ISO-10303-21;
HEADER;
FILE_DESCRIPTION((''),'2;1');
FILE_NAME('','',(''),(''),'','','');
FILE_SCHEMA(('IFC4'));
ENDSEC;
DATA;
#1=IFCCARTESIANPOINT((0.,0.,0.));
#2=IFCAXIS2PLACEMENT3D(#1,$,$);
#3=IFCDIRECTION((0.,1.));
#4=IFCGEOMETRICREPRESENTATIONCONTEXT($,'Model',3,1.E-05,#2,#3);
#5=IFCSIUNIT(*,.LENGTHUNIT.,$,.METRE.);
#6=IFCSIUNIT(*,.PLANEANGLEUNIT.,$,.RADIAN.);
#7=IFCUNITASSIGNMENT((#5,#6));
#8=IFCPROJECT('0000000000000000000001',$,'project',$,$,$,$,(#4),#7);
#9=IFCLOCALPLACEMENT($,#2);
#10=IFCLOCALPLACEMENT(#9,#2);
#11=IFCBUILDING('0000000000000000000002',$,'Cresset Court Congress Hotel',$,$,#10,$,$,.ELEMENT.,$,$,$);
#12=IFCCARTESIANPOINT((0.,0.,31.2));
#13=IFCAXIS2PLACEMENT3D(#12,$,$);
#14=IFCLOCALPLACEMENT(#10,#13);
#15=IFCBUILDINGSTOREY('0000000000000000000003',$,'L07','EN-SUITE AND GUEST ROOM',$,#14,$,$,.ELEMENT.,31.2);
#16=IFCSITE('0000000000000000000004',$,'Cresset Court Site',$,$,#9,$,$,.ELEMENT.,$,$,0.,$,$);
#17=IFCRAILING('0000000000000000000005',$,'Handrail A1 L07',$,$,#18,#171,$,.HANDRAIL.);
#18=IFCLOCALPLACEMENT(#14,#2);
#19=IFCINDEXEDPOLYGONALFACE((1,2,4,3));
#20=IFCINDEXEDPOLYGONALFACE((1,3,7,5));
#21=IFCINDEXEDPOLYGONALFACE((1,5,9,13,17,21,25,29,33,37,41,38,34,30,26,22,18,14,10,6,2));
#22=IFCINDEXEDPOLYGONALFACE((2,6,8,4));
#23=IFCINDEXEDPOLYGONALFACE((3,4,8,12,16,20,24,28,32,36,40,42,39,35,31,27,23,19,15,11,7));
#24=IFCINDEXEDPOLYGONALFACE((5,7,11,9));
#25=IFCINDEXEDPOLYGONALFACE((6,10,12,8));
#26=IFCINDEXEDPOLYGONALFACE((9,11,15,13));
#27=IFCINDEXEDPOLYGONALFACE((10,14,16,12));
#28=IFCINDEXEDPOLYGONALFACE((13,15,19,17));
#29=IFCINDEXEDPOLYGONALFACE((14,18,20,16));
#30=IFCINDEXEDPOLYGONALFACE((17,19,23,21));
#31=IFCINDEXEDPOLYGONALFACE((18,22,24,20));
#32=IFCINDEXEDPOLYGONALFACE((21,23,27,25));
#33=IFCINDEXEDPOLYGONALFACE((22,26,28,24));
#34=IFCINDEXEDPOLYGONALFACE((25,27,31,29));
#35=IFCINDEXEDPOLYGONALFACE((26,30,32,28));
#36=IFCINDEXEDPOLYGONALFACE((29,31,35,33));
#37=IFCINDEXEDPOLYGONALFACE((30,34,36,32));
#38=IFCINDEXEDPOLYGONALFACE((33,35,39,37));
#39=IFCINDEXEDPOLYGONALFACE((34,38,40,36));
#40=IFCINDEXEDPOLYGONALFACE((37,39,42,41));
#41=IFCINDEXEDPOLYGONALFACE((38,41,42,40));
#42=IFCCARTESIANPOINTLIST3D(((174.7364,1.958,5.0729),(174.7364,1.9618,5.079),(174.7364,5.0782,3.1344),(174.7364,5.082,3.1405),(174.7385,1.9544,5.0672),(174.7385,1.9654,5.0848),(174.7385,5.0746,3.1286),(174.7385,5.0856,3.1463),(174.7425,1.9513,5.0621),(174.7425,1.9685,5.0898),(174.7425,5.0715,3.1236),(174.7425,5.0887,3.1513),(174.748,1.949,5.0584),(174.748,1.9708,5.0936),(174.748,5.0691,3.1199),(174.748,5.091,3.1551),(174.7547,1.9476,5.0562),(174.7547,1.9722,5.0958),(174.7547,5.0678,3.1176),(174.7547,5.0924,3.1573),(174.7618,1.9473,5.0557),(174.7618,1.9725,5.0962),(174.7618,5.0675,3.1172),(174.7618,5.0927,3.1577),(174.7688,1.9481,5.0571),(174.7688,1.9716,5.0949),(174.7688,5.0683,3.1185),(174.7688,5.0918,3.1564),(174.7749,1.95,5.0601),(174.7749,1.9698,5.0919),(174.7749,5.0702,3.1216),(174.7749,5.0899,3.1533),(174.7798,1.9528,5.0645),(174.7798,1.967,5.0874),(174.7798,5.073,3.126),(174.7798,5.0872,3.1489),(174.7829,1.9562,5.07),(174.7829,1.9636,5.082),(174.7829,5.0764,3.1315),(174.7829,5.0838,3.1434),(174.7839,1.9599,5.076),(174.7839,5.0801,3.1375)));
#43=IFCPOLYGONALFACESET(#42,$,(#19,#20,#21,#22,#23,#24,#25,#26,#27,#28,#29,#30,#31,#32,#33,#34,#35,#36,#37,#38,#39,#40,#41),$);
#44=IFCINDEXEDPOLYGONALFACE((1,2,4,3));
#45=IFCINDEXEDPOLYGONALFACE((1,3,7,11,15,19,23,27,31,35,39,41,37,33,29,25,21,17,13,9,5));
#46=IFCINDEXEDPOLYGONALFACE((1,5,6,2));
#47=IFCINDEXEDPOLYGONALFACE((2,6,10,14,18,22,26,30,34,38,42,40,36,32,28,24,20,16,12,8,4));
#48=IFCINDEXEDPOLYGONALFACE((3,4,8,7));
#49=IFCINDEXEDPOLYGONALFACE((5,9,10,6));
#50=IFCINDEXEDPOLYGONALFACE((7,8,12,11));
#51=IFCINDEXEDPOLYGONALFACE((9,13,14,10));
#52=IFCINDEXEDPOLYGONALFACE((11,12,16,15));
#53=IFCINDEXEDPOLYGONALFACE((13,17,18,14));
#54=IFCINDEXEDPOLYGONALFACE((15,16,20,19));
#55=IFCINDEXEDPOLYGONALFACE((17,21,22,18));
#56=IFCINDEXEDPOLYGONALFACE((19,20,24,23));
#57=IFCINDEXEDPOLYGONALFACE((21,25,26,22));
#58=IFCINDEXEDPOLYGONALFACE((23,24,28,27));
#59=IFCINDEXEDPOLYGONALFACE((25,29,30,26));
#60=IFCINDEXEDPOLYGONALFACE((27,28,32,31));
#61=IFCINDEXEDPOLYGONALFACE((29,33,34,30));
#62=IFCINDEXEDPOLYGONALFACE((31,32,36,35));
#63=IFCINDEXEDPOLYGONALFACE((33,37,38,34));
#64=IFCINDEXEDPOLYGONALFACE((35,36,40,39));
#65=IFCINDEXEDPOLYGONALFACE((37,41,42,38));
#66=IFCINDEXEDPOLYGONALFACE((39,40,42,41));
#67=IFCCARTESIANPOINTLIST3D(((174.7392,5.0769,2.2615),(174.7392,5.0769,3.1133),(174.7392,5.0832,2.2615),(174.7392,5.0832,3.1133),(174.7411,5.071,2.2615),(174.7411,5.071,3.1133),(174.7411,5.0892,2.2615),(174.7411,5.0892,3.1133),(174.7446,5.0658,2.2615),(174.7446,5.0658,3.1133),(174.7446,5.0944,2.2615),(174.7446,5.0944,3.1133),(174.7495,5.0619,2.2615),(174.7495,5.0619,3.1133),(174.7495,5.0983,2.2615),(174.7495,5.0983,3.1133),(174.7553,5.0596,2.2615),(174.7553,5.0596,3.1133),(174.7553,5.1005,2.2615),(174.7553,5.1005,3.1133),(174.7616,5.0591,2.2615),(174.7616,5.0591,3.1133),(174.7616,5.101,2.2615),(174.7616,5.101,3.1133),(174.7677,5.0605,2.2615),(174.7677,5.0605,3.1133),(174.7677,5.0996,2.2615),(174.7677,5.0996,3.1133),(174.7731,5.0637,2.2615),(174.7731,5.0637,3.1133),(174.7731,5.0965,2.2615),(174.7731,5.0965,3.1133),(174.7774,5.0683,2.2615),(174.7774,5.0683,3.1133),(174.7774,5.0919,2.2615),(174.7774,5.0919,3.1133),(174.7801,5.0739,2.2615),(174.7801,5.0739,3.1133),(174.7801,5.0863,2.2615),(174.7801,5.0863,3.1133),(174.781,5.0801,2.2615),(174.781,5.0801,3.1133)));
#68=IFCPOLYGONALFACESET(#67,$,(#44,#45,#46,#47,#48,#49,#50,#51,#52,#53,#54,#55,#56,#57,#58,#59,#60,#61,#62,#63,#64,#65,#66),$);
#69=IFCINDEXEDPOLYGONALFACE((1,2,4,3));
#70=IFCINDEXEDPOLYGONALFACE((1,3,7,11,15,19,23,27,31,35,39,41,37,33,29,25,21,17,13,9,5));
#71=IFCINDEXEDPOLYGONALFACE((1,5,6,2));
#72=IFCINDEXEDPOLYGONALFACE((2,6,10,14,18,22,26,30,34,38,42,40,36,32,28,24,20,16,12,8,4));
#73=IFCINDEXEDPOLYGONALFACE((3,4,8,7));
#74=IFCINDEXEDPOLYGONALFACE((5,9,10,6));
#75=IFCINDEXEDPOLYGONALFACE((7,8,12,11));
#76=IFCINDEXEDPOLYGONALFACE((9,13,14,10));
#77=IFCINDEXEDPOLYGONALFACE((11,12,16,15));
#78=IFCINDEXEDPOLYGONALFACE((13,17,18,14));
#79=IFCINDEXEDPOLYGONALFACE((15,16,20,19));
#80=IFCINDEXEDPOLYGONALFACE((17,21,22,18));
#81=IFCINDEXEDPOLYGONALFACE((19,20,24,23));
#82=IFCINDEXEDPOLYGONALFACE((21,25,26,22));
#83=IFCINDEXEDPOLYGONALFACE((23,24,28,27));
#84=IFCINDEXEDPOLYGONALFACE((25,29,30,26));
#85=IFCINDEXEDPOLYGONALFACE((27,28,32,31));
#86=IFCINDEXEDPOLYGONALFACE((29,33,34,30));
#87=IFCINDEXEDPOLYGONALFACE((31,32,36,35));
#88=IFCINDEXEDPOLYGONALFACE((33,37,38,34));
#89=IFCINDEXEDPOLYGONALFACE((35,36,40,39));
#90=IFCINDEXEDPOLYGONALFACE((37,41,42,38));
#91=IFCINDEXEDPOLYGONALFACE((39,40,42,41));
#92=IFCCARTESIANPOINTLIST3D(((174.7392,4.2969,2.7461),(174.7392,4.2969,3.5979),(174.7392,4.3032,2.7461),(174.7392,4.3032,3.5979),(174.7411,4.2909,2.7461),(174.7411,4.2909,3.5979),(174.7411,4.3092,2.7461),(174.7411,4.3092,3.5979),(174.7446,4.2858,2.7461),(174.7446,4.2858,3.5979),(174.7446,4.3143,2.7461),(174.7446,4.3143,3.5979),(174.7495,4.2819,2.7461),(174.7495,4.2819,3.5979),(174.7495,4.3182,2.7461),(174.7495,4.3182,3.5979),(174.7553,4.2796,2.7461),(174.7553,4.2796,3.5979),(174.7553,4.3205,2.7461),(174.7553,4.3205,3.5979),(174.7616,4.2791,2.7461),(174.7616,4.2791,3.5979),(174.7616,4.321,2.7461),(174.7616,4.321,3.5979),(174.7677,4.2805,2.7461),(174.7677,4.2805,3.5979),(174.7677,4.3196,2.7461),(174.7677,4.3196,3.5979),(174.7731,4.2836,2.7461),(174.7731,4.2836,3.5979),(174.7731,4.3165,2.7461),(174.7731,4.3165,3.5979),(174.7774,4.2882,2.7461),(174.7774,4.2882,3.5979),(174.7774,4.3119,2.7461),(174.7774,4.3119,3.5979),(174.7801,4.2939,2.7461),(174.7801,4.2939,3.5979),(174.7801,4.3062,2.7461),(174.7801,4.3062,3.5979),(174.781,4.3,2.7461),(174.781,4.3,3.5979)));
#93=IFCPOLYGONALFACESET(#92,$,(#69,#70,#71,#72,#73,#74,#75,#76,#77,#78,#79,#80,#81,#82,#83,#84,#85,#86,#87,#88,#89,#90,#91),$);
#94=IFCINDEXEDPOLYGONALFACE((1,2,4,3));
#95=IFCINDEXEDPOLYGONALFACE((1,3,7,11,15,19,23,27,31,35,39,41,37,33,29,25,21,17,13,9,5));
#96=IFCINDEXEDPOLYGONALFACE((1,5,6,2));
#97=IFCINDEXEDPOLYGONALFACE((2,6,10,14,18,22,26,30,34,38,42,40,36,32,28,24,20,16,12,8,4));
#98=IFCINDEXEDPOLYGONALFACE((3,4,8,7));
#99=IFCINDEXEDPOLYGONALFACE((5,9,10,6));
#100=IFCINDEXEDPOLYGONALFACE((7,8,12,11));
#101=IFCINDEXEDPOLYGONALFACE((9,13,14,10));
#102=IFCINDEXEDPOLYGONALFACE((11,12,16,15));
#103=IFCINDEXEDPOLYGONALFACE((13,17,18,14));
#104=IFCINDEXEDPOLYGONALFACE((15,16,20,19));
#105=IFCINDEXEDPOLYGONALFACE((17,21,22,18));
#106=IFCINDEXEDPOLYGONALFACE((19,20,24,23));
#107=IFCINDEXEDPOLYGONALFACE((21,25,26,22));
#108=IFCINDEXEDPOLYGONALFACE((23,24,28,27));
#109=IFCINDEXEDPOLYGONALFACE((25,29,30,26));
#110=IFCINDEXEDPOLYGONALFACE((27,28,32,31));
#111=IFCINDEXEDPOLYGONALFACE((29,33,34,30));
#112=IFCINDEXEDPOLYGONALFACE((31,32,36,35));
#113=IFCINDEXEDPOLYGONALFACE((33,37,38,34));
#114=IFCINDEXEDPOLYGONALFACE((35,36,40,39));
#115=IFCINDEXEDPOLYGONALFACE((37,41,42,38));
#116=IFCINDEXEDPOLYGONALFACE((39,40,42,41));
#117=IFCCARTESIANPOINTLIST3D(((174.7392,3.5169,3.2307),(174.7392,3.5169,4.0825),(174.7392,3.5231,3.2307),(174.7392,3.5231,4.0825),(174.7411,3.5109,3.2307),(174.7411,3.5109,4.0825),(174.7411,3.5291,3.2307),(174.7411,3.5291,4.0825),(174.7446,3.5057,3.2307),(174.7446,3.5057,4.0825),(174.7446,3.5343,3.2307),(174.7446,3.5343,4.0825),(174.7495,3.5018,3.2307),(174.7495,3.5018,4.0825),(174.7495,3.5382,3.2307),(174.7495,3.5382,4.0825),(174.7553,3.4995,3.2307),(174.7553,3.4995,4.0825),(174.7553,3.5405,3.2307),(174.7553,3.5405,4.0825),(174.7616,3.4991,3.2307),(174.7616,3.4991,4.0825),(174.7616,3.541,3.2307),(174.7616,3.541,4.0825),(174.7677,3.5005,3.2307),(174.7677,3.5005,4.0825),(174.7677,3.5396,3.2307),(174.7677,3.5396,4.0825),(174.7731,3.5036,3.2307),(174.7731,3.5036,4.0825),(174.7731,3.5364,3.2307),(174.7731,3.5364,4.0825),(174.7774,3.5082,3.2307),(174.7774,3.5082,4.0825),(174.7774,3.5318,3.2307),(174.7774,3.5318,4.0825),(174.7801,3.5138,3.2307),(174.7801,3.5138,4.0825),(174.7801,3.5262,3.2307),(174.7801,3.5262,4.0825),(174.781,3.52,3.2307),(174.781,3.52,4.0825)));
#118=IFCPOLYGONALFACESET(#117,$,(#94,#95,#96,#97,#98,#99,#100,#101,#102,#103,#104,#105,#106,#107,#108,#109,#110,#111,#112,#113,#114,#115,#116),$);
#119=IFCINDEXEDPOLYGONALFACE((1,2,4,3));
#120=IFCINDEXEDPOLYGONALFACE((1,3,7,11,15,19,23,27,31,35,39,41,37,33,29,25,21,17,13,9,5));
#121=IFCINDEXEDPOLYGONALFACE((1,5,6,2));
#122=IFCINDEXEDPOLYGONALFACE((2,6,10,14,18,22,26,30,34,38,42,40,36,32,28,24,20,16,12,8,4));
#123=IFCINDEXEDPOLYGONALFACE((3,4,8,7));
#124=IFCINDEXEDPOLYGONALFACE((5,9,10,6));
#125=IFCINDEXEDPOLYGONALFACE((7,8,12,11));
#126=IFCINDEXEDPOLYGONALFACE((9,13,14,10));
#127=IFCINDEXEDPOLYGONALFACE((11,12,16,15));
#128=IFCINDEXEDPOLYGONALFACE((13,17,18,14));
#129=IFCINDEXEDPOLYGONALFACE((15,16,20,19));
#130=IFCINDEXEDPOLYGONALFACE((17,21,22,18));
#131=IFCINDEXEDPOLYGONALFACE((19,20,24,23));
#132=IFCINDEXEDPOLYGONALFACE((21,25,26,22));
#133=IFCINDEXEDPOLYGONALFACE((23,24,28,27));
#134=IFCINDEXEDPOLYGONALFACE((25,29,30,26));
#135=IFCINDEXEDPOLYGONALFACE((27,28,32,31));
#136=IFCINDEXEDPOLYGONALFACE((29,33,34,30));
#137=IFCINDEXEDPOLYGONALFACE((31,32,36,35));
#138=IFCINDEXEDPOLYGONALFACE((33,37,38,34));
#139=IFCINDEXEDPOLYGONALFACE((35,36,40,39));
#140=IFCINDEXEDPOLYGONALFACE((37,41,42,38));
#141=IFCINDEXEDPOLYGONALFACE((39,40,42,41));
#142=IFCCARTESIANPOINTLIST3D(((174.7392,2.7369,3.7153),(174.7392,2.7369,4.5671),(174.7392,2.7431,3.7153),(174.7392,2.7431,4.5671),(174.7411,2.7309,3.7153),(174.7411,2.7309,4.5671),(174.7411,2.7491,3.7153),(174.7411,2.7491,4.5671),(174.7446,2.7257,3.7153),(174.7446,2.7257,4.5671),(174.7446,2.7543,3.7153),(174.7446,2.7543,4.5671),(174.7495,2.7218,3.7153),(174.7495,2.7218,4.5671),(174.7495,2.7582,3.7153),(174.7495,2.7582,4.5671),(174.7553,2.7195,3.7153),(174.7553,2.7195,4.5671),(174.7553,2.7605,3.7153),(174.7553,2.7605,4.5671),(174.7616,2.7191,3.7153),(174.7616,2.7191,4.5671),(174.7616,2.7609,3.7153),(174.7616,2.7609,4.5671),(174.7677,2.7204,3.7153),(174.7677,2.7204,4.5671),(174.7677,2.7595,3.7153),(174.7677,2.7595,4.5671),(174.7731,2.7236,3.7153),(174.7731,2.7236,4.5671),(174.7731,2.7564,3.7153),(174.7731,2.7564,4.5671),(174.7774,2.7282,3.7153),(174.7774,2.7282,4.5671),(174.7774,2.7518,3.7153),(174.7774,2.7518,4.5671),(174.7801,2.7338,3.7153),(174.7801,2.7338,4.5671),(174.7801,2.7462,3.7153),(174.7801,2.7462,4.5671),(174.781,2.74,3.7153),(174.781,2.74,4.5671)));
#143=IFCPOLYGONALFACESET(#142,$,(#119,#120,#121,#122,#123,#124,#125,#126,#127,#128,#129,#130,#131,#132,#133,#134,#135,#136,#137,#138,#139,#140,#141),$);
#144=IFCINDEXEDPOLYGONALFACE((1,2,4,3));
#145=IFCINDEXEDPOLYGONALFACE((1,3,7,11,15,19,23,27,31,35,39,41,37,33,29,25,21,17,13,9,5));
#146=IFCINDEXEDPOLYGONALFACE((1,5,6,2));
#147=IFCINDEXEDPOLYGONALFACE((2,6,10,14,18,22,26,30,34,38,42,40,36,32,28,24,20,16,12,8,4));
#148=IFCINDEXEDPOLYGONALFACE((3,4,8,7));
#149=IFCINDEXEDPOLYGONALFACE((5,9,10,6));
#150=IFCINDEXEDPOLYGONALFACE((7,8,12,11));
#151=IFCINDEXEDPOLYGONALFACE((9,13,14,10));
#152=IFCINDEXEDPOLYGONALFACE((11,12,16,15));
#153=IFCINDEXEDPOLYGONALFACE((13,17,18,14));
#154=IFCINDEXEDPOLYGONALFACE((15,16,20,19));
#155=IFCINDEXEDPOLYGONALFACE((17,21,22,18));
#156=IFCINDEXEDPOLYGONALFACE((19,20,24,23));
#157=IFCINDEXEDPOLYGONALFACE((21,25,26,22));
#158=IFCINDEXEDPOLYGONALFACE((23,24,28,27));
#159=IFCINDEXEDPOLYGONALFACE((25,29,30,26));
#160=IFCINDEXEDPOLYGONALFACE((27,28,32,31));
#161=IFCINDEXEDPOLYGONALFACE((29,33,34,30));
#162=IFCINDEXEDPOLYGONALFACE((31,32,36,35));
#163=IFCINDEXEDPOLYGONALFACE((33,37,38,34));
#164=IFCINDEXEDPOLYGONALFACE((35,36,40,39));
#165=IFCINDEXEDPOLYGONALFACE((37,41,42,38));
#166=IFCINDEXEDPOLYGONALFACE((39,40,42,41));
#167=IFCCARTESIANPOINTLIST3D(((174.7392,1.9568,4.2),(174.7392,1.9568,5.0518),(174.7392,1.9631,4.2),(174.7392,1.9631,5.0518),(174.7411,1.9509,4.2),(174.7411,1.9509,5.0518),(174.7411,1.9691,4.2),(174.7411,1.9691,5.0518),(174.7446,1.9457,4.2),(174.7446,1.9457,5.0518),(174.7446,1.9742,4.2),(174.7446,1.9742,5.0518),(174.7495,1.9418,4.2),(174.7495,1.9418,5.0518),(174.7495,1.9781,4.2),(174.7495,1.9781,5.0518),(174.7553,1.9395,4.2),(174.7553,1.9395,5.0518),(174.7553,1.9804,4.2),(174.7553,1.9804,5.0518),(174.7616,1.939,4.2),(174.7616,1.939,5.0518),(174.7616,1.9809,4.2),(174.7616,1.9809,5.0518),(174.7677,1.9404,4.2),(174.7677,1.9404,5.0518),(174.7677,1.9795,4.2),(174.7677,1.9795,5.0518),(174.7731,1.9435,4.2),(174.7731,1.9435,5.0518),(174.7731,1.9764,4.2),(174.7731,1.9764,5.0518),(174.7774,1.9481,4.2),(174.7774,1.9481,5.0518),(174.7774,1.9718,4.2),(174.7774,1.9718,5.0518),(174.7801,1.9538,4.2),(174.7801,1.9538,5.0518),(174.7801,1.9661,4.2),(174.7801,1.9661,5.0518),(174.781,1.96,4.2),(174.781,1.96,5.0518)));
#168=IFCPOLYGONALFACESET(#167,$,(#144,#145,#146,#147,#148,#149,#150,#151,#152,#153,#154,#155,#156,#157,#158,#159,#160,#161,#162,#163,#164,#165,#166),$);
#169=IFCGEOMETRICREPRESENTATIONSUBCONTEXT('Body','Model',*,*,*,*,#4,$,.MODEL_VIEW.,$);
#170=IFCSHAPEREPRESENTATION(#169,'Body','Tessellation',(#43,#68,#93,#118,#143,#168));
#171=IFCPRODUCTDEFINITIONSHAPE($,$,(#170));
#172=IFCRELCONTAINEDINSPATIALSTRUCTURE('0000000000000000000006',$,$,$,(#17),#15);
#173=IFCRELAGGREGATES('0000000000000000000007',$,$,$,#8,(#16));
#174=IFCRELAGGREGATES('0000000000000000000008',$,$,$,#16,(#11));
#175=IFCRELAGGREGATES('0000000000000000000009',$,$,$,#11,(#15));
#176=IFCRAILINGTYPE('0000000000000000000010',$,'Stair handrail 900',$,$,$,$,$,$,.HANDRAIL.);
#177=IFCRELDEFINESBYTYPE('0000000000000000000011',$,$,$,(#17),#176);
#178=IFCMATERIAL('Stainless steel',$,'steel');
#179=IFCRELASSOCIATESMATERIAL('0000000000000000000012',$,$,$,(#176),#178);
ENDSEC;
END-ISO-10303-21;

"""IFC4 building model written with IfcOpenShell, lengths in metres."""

from ifc_helpers import new_model, si_unit, direction, frame, origin, origin_2d, place, context, subcontext, project, spatial, circle, extrude, material, type_object, element, save


model = new_model("IFC4")

# Units and contexts
model_context = context("Model", 3, precision=1e-05, world=origin(), true_north=direction((0.0, 1.0)))
body_context = subcontext(model_context, "Body", "Model", "MODEL_VIEW")
ifc_project = project(units=[si_unit("LENGTHUNIT", "METRE"), si_unit("PLANEANGLEUNIT", "RADIAN")], contexts=[model_context])

# Site, building, storey
site_placement = place(None, origin())
site = spatial("IfcSite", under=ifc_project, at=site_placement, Name="Cresset Court Site", CompositionType="ELEMENT", RefElevation=0.0)
building_placement = place(site_placement, origin())
building = spatial("IfcBuilding", under=site, at=building_placement, Name="Cresset Court Congress Hotel", CompositionType="ELEMENT")
storey_placement = place(building_placement, frame((0.0, 0.0, 31.2)))
storey = spatial("IfcBuildingStorey", under=building, at=storey_placement, Name="L07", Description="EN-SUITE AND GUEST ROOM", CompositionType="ELEMENT", Elevation=31.2)

# Railing
ifc_material_1 = material(Name="Stainless steel", Category="steel")
railing_type_1 = type_object("IfcRailingType", Name="Stair handrail 900", PredefinedType="HANDRAIL", material=ifc_material_1)
for number, where, name in (
    (1, (174.76, 5.0801, 2.2615), "Handrail A1 L07"),
):
    element("IfcRailing", number, at=place(storey_placement, frame(where)), inside=storey, type_object=railing_type_1, Name=name, PredefinedType="HANDRAIL", context=body_context, shape_type="SweptSolid", body=[
        extrude(circle(Radius=0.0239, at=origin_2d()), frame((0.0, 0.0, 0.876), z_axis=(0.0, -0.849414, 0.527727), x_axis=(1.0, 0.0, 0.0)), (0.0, 0.0, 1.0), 3.6733),
        extrude(circle(Radius=0.021, at=origin_2d()), origin(), (0.0, 0.0, 1.0), 0.8518),
        extrude(circle(Radius=0.021, at=origin_2d()), frame((0.0, -0.78, 0.4846)), (0.0, 0.0, 1.0), 0.8518),
        extrude(circle(Radius=0.021, at=origin_2d()), frame((0.0, -1.5601, 0.9692)), (0.0, 0.0, 1.0), 0.8518),
        extrude(circle(Radius=0.021, at=origin_2d()), frame((0.0, -2.3401, 1.4539)), (0.0, 0.0, 1.0), 0.8518),
        extrude(circle(Radius=0.021, at=origin_2d()), frame((0.0, -3.1201, 1.9385)), (0.0, 0.0, 1.0), 0.8518),
    ])

save(model, "model.ifc")
